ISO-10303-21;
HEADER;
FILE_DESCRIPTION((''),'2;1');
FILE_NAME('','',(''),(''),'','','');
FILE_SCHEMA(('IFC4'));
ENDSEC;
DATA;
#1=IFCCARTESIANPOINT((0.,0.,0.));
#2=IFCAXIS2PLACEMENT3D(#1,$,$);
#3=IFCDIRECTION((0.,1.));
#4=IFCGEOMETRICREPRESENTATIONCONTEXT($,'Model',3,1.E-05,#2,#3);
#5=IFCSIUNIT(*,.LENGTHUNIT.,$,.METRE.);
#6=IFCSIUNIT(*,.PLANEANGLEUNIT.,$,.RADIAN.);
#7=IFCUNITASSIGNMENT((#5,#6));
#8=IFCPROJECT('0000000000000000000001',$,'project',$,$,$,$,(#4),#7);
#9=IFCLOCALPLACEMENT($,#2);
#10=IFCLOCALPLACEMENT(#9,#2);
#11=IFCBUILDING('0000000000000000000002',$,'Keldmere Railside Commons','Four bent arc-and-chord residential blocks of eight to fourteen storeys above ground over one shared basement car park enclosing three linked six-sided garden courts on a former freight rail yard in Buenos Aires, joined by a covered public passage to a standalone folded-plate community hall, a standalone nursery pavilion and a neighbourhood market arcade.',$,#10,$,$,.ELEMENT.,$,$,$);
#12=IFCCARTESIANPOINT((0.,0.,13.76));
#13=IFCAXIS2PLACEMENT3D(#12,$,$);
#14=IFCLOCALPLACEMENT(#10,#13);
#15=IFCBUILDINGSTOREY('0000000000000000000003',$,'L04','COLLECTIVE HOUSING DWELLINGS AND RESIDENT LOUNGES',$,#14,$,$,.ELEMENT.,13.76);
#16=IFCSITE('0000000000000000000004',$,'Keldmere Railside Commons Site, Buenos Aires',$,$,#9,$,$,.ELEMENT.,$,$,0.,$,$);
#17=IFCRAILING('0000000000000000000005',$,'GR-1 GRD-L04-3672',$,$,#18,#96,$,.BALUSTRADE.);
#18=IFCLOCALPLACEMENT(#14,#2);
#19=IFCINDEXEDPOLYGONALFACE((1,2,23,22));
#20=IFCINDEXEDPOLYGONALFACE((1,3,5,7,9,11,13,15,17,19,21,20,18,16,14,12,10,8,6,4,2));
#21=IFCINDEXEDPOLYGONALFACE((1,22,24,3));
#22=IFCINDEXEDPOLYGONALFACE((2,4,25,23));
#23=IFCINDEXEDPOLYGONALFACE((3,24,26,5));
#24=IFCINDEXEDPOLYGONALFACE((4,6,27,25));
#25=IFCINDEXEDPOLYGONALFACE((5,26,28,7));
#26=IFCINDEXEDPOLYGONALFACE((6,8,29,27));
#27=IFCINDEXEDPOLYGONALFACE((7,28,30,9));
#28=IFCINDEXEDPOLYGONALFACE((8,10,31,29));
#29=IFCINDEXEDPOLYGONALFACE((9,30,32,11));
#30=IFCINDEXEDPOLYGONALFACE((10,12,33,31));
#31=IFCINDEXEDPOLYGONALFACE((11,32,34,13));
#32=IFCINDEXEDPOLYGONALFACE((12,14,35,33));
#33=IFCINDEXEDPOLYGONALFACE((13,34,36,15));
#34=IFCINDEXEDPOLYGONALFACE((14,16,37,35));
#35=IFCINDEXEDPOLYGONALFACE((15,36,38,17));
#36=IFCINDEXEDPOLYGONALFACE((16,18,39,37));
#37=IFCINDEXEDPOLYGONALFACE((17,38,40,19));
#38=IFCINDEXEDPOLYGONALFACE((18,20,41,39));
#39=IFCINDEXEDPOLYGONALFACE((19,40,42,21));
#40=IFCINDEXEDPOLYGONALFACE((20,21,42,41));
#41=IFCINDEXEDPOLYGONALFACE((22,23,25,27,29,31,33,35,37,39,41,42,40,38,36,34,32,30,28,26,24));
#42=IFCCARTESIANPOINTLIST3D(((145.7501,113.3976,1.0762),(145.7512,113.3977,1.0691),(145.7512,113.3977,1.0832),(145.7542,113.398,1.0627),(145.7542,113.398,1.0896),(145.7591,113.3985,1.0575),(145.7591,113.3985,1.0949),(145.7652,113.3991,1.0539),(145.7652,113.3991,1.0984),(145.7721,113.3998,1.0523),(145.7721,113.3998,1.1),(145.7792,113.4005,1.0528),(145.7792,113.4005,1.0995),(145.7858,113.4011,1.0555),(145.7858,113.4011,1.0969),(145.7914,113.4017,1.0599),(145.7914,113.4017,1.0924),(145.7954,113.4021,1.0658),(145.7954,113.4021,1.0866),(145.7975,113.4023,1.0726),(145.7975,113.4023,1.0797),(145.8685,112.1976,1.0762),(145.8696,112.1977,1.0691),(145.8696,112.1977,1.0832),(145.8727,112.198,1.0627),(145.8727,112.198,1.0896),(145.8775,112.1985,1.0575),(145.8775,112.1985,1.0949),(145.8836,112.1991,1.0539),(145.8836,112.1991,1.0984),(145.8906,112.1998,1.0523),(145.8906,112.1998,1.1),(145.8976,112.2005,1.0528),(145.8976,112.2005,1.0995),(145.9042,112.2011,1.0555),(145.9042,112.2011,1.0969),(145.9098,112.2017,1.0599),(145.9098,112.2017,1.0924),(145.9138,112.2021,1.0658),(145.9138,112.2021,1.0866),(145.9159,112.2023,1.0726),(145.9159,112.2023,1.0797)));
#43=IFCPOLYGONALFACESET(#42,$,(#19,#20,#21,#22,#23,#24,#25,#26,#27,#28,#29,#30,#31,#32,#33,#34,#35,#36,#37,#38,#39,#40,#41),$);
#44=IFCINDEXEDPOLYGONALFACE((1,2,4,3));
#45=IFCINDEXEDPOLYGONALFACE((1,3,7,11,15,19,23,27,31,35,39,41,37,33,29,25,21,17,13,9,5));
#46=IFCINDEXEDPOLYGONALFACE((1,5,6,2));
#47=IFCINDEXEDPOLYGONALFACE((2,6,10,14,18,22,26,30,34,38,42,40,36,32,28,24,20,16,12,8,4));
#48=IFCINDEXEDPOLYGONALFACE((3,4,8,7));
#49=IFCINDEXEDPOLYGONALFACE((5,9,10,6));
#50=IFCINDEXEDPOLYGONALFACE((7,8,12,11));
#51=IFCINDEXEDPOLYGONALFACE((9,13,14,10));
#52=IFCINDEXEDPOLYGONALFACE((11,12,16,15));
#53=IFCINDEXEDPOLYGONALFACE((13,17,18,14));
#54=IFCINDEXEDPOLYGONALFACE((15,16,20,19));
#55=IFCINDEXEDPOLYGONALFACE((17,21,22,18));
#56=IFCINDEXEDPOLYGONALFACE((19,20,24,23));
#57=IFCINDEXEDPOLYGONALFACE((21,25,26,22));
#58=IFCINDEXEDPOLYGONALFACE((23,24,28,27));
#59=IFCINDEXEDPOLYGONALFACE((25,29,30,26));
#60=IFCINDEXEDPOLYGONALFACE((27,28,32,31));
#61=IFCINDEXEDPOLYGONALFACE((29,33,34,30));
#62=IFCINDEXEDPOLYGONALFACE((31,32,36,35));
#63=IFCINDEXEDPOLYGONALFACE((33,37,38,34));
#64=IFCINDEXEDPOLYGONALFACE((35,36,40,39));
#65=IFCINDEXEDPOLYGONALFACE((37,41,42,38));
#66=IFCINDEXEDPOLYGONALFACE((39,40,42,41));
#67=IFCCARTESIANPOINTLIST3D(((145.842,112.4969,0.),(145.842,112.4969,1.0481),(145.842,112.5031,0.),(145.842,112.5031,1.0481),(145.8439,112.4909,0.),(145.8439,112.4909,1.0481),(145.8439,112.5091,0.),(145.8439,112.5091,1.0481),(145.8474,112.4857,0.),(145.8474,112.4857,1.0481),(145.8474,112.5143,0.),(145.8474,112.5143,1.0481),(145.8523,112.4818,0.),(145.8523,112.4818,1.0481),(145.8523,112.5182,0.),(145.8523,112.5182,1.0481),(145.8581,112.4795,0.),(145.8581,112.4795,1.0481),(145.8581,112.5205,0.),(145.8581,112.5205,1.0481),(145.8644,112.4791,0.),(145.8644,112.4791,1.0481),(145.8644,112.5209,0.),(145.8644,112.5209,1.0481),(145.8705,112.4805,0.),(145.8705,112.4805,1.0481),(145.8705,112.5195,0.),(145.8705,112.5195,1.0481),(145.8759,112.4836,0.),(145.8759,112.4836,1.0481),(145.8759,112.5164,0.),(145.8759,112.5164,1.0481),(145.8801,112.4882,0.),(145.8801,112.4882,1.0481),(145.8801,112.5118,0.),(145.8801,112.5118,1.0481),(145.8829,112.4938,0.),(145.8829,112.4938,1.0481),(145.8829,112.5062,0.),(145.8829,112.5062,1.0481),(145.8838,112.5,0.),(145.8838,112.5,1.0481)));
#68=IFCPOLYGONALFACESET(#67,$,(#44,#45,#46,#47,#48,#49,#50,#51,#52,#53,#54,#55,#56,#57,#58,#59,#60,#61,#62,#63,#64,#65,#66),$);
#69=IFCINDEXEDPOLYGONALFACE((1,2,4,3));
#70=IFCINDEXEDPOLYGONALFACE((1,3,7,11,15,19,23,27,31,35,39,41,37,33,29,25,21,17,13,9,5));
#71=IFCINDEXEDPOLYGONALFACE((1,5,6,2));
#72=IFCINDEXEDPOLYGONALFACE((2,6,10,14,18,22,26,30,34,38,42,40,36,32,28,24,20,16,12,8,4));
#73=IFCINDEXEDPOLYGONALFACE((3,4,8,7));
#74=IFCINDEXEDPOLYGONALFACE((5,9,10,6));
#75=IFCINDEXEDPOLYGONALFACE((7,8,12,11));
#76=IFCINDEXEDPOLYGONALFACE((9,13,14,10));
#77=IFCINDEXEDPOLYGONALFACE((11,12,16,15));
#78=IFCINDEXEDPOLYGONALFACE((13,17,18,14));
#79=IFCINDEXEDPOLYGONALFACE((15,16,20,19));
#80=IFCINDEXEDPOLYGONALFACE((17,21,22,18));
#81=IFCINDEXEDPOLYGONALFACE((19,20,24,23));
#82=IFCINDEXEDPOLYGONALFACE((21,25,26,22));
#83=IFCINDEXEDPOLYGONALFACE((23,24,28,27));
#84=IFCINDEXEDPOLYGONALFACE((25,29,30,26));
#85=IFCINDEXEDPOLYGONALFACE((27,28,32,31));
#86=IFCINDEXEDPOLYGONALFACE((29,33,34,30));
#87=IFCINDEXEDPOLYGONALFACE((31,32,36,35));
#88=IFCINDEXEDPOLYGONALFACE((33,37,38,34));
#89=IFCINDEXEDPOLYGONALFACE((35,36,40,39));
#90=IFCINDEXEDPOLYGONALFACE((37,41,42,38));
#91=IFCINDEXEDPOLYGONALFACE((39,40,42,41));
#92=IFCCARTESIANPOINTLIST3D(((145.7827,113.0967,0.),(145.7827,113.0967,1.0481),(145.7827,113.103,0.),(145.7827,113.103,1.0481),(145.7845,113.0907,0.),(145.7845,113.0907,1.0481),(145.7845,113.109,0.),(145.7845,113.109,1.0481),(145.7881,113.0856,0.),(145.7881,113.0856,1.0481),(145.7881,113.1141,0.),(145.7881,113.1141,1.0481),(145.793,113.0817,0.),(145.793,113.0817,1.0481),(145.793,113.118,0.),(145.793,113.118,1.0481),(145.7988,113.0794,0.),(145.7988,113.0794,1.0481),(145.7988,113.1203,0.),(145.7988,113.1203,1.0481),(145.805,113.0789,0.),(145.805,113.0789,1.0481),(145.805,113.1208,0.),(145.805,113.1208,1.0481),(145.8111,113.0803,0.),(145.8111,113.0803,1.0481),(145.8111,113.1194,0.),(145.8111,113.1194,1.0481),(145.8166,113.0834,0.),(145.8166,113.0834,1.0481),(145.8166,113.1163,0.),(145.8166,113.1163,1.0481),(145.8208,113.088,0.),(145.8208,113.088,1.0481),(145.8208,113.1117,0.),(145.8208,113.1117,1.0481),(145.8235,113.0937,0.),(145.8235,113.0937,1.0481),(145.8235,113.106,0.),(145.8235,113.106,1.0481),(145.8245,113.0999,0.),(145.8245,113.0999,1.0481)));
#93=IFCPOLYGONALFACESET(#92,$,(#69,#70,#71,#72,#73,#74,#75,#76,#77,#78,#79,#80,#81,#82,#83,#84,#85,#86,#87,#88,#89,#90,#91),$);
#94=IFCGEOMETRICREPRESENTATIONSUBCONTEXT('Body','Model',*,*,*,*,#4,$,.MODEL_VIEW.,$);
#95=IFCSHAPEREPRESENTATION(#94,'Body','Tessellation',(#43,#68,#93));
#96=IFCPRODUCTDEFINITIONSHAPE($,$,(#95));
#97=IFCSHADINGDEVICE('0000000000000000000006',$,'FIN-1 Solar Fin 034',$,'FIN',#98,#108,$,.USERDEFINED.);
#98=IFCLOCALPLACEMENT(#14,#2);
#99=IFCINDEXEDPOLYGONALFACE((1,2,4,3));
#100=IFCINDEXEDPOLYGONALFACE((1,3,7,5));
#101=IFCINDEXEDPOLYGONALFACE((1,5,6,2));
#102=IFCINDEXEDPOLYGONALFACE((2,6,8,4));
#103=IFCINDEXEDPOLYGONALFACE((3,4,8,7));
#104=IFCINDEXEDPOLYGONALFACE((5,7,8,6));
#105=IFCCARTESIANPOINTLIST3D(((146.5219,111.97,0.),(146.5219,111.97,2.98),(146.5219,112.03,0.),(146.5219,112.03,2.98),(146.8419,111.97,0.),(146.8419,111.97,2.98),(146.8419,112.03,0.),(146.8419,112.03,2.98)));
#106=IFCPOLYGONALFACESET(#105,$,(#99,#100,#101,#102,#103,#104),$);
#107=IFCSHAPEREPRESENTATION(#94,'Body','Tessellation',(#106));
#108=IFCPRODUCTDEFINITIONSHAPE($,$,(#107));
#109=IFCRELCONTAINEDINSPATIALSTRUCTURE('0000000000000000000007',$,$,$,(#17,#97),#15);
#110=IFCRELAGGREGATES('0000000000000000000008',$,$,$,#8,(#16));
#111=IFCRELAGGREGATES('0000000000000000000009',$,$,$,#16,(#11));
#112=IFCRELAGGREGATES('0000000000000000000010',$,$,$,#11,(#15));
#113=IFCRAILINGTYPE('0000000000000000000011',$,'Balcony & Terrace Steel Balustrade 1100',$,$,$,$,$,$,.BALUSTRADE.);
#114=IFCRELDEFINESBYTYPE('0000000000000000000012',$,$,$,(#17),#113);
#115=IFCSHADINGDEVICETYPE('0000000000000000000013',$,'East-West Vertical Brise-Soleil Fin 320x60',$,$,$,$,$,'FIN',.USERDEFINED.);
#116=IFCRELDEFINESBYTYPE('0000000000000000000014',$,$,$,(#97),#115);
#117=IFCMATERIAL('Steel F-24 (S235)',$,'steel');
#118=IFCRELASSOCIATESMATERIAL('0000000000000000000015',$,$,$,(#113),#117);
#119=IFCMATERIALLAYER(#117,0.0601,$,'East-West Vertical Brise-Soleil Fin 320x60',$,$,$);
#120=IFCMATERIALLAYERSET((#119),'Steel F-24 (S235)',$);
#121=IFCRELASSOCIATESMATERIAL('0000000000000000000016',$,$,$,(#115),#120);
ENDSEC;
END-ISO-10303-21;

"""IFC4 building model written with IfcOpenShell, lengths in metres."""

from ifc_helpers import new_model, si_unit, direction, frame, origin, origin_2d, place, context, subcontext, project, spatial, rectangle, circle, extrude, material, layer, layer_set, type_object, element, save


model = new_model("IFC4")

# Units and contexts
model_context = context("Model", 3, precision=1e-05, world=origin(), true_north=direction((0.0, 1.0)))
body_context = subcontext(model_context, "Body", "Model", "MODEL_VIEW")
ifc_project = project(units=[si_unit("LENGTHUNIT", "METRE"), si_unit("PLANEANGLEUNIT", "RADIAN")], contexts=[model_context])

# Site, building, storey
site_placement = place(None, origin())
site = spatial("IfcSite", under=ifc_project, at=site_placement, Name="Keldmere Railside Commons Site, Buenos Aires", CompositionType="ELEMENT", RefElevation=0.0)
building_placement = place(site_placement, origin())
building = spatial("IfcBuilding", under=site, at=building_placement, Name="Keldmere Railside Commons", Description="Four bent arc-and-chord residential blocks of eight to fourteen storeys above ground over one shared basement car park enclosing three linked six-sided garden courts on a former freight rail yard in Buenos Aires, joined by a covered public passage to a standalone folded-plate community hall, a standalone nursery pavilion and a neighbourhood market arcade.", CompositionType="ELEMENT")
storey_placement = place(building_placement, frame((0.0, 0.0, 13.76)))
storey = spatial("IfcBuildingStorey", under=building, at=storey_placement, Name="L04", Description="COLLECTIVE HOUSING DWELLINGS AND RESIDENT LOUNGES", CompositionType="ELEMENT", Elevation=13.76)

# Railing
ifc_material_1 = material(Name="Steel F-24 (S235)", Category="steel")
railing_type = type_object("IfcRailingType", Name="Balcony & Terrace Steel Balustrade 1100", PredefinedType="BALUSTRADE", material=ifc_material_1)
railing_1_placement = place(storey_placement, frame((145.8923, 112.2, 0.0)))
element("IfcRailing", 1, at=railing_1_placement, inside=storey, type_object=railing_type, Name="GR-1 GRD-L04-3672", PredefinedType="BALUSTRADE", context=body_context, shape_type="SweptSolid", body=[
    extrude(circle(Radius=0.0239, at=origin_2d()), frame((0.0, 0.0, 1.0762), z_axis=(-0.098201, 0.995167, 0.0), x_axis=(-0.995167, -0.098201, 0.0)), (0.0, 0.0, 1.0), 1.2058),
    extrude(circle(Radius=0.021, at=origin_2d()), frame((-0.0295, 0.3, 0.0)), (0.0, 0.0, 1.0), 1.0481),
    extrude(circle(Radius=0.021, at=origin_2d()), frame((-0.0889, 0.8999, 0.0)), (0.0, 0.0, 1.0), 1.0481),
])

# Shading device
ifc_layer_1 = layer(ifc_material_1, 0.0601, Name="East-West Vertical Brise-Soleil Fin 320x60")
ifc_layer_set_1 = layer_set([ifc_layer_1], Name="Steel F-24 (S235)")
shading_device_type = type_object("IfcShadingDeviceType", Name="East-West Vertical Brise-Soleil Fin 320x60", ElementType="FIN", PredefinedType="USERDEFINED", material=ifc_layer_set_1)
shading_device_placement = place(storey_placement, frame((146.6819, 112.0, 0.0), z_axis=(0.0, 0.0, 1.0), x_axis=(1.0, 0.0, 0.0)))
element("IfcShadingDevice", 2, at=shading_device_placement, inside=storey, type_object=shading_device_type, Name="FIN-1 Solar Fin 034", ObjectType="FIN", PredefinedType="USERDEFINED", context=body_context, shape_type="SweptSolid", body=[
    extrude(rectangle(XDim=0.3201, YDim=0.0601, at=origin_2d()), origin(), (0.0, 0.0, 1.0), 2.98),
])

save(model, "model.ifc")
